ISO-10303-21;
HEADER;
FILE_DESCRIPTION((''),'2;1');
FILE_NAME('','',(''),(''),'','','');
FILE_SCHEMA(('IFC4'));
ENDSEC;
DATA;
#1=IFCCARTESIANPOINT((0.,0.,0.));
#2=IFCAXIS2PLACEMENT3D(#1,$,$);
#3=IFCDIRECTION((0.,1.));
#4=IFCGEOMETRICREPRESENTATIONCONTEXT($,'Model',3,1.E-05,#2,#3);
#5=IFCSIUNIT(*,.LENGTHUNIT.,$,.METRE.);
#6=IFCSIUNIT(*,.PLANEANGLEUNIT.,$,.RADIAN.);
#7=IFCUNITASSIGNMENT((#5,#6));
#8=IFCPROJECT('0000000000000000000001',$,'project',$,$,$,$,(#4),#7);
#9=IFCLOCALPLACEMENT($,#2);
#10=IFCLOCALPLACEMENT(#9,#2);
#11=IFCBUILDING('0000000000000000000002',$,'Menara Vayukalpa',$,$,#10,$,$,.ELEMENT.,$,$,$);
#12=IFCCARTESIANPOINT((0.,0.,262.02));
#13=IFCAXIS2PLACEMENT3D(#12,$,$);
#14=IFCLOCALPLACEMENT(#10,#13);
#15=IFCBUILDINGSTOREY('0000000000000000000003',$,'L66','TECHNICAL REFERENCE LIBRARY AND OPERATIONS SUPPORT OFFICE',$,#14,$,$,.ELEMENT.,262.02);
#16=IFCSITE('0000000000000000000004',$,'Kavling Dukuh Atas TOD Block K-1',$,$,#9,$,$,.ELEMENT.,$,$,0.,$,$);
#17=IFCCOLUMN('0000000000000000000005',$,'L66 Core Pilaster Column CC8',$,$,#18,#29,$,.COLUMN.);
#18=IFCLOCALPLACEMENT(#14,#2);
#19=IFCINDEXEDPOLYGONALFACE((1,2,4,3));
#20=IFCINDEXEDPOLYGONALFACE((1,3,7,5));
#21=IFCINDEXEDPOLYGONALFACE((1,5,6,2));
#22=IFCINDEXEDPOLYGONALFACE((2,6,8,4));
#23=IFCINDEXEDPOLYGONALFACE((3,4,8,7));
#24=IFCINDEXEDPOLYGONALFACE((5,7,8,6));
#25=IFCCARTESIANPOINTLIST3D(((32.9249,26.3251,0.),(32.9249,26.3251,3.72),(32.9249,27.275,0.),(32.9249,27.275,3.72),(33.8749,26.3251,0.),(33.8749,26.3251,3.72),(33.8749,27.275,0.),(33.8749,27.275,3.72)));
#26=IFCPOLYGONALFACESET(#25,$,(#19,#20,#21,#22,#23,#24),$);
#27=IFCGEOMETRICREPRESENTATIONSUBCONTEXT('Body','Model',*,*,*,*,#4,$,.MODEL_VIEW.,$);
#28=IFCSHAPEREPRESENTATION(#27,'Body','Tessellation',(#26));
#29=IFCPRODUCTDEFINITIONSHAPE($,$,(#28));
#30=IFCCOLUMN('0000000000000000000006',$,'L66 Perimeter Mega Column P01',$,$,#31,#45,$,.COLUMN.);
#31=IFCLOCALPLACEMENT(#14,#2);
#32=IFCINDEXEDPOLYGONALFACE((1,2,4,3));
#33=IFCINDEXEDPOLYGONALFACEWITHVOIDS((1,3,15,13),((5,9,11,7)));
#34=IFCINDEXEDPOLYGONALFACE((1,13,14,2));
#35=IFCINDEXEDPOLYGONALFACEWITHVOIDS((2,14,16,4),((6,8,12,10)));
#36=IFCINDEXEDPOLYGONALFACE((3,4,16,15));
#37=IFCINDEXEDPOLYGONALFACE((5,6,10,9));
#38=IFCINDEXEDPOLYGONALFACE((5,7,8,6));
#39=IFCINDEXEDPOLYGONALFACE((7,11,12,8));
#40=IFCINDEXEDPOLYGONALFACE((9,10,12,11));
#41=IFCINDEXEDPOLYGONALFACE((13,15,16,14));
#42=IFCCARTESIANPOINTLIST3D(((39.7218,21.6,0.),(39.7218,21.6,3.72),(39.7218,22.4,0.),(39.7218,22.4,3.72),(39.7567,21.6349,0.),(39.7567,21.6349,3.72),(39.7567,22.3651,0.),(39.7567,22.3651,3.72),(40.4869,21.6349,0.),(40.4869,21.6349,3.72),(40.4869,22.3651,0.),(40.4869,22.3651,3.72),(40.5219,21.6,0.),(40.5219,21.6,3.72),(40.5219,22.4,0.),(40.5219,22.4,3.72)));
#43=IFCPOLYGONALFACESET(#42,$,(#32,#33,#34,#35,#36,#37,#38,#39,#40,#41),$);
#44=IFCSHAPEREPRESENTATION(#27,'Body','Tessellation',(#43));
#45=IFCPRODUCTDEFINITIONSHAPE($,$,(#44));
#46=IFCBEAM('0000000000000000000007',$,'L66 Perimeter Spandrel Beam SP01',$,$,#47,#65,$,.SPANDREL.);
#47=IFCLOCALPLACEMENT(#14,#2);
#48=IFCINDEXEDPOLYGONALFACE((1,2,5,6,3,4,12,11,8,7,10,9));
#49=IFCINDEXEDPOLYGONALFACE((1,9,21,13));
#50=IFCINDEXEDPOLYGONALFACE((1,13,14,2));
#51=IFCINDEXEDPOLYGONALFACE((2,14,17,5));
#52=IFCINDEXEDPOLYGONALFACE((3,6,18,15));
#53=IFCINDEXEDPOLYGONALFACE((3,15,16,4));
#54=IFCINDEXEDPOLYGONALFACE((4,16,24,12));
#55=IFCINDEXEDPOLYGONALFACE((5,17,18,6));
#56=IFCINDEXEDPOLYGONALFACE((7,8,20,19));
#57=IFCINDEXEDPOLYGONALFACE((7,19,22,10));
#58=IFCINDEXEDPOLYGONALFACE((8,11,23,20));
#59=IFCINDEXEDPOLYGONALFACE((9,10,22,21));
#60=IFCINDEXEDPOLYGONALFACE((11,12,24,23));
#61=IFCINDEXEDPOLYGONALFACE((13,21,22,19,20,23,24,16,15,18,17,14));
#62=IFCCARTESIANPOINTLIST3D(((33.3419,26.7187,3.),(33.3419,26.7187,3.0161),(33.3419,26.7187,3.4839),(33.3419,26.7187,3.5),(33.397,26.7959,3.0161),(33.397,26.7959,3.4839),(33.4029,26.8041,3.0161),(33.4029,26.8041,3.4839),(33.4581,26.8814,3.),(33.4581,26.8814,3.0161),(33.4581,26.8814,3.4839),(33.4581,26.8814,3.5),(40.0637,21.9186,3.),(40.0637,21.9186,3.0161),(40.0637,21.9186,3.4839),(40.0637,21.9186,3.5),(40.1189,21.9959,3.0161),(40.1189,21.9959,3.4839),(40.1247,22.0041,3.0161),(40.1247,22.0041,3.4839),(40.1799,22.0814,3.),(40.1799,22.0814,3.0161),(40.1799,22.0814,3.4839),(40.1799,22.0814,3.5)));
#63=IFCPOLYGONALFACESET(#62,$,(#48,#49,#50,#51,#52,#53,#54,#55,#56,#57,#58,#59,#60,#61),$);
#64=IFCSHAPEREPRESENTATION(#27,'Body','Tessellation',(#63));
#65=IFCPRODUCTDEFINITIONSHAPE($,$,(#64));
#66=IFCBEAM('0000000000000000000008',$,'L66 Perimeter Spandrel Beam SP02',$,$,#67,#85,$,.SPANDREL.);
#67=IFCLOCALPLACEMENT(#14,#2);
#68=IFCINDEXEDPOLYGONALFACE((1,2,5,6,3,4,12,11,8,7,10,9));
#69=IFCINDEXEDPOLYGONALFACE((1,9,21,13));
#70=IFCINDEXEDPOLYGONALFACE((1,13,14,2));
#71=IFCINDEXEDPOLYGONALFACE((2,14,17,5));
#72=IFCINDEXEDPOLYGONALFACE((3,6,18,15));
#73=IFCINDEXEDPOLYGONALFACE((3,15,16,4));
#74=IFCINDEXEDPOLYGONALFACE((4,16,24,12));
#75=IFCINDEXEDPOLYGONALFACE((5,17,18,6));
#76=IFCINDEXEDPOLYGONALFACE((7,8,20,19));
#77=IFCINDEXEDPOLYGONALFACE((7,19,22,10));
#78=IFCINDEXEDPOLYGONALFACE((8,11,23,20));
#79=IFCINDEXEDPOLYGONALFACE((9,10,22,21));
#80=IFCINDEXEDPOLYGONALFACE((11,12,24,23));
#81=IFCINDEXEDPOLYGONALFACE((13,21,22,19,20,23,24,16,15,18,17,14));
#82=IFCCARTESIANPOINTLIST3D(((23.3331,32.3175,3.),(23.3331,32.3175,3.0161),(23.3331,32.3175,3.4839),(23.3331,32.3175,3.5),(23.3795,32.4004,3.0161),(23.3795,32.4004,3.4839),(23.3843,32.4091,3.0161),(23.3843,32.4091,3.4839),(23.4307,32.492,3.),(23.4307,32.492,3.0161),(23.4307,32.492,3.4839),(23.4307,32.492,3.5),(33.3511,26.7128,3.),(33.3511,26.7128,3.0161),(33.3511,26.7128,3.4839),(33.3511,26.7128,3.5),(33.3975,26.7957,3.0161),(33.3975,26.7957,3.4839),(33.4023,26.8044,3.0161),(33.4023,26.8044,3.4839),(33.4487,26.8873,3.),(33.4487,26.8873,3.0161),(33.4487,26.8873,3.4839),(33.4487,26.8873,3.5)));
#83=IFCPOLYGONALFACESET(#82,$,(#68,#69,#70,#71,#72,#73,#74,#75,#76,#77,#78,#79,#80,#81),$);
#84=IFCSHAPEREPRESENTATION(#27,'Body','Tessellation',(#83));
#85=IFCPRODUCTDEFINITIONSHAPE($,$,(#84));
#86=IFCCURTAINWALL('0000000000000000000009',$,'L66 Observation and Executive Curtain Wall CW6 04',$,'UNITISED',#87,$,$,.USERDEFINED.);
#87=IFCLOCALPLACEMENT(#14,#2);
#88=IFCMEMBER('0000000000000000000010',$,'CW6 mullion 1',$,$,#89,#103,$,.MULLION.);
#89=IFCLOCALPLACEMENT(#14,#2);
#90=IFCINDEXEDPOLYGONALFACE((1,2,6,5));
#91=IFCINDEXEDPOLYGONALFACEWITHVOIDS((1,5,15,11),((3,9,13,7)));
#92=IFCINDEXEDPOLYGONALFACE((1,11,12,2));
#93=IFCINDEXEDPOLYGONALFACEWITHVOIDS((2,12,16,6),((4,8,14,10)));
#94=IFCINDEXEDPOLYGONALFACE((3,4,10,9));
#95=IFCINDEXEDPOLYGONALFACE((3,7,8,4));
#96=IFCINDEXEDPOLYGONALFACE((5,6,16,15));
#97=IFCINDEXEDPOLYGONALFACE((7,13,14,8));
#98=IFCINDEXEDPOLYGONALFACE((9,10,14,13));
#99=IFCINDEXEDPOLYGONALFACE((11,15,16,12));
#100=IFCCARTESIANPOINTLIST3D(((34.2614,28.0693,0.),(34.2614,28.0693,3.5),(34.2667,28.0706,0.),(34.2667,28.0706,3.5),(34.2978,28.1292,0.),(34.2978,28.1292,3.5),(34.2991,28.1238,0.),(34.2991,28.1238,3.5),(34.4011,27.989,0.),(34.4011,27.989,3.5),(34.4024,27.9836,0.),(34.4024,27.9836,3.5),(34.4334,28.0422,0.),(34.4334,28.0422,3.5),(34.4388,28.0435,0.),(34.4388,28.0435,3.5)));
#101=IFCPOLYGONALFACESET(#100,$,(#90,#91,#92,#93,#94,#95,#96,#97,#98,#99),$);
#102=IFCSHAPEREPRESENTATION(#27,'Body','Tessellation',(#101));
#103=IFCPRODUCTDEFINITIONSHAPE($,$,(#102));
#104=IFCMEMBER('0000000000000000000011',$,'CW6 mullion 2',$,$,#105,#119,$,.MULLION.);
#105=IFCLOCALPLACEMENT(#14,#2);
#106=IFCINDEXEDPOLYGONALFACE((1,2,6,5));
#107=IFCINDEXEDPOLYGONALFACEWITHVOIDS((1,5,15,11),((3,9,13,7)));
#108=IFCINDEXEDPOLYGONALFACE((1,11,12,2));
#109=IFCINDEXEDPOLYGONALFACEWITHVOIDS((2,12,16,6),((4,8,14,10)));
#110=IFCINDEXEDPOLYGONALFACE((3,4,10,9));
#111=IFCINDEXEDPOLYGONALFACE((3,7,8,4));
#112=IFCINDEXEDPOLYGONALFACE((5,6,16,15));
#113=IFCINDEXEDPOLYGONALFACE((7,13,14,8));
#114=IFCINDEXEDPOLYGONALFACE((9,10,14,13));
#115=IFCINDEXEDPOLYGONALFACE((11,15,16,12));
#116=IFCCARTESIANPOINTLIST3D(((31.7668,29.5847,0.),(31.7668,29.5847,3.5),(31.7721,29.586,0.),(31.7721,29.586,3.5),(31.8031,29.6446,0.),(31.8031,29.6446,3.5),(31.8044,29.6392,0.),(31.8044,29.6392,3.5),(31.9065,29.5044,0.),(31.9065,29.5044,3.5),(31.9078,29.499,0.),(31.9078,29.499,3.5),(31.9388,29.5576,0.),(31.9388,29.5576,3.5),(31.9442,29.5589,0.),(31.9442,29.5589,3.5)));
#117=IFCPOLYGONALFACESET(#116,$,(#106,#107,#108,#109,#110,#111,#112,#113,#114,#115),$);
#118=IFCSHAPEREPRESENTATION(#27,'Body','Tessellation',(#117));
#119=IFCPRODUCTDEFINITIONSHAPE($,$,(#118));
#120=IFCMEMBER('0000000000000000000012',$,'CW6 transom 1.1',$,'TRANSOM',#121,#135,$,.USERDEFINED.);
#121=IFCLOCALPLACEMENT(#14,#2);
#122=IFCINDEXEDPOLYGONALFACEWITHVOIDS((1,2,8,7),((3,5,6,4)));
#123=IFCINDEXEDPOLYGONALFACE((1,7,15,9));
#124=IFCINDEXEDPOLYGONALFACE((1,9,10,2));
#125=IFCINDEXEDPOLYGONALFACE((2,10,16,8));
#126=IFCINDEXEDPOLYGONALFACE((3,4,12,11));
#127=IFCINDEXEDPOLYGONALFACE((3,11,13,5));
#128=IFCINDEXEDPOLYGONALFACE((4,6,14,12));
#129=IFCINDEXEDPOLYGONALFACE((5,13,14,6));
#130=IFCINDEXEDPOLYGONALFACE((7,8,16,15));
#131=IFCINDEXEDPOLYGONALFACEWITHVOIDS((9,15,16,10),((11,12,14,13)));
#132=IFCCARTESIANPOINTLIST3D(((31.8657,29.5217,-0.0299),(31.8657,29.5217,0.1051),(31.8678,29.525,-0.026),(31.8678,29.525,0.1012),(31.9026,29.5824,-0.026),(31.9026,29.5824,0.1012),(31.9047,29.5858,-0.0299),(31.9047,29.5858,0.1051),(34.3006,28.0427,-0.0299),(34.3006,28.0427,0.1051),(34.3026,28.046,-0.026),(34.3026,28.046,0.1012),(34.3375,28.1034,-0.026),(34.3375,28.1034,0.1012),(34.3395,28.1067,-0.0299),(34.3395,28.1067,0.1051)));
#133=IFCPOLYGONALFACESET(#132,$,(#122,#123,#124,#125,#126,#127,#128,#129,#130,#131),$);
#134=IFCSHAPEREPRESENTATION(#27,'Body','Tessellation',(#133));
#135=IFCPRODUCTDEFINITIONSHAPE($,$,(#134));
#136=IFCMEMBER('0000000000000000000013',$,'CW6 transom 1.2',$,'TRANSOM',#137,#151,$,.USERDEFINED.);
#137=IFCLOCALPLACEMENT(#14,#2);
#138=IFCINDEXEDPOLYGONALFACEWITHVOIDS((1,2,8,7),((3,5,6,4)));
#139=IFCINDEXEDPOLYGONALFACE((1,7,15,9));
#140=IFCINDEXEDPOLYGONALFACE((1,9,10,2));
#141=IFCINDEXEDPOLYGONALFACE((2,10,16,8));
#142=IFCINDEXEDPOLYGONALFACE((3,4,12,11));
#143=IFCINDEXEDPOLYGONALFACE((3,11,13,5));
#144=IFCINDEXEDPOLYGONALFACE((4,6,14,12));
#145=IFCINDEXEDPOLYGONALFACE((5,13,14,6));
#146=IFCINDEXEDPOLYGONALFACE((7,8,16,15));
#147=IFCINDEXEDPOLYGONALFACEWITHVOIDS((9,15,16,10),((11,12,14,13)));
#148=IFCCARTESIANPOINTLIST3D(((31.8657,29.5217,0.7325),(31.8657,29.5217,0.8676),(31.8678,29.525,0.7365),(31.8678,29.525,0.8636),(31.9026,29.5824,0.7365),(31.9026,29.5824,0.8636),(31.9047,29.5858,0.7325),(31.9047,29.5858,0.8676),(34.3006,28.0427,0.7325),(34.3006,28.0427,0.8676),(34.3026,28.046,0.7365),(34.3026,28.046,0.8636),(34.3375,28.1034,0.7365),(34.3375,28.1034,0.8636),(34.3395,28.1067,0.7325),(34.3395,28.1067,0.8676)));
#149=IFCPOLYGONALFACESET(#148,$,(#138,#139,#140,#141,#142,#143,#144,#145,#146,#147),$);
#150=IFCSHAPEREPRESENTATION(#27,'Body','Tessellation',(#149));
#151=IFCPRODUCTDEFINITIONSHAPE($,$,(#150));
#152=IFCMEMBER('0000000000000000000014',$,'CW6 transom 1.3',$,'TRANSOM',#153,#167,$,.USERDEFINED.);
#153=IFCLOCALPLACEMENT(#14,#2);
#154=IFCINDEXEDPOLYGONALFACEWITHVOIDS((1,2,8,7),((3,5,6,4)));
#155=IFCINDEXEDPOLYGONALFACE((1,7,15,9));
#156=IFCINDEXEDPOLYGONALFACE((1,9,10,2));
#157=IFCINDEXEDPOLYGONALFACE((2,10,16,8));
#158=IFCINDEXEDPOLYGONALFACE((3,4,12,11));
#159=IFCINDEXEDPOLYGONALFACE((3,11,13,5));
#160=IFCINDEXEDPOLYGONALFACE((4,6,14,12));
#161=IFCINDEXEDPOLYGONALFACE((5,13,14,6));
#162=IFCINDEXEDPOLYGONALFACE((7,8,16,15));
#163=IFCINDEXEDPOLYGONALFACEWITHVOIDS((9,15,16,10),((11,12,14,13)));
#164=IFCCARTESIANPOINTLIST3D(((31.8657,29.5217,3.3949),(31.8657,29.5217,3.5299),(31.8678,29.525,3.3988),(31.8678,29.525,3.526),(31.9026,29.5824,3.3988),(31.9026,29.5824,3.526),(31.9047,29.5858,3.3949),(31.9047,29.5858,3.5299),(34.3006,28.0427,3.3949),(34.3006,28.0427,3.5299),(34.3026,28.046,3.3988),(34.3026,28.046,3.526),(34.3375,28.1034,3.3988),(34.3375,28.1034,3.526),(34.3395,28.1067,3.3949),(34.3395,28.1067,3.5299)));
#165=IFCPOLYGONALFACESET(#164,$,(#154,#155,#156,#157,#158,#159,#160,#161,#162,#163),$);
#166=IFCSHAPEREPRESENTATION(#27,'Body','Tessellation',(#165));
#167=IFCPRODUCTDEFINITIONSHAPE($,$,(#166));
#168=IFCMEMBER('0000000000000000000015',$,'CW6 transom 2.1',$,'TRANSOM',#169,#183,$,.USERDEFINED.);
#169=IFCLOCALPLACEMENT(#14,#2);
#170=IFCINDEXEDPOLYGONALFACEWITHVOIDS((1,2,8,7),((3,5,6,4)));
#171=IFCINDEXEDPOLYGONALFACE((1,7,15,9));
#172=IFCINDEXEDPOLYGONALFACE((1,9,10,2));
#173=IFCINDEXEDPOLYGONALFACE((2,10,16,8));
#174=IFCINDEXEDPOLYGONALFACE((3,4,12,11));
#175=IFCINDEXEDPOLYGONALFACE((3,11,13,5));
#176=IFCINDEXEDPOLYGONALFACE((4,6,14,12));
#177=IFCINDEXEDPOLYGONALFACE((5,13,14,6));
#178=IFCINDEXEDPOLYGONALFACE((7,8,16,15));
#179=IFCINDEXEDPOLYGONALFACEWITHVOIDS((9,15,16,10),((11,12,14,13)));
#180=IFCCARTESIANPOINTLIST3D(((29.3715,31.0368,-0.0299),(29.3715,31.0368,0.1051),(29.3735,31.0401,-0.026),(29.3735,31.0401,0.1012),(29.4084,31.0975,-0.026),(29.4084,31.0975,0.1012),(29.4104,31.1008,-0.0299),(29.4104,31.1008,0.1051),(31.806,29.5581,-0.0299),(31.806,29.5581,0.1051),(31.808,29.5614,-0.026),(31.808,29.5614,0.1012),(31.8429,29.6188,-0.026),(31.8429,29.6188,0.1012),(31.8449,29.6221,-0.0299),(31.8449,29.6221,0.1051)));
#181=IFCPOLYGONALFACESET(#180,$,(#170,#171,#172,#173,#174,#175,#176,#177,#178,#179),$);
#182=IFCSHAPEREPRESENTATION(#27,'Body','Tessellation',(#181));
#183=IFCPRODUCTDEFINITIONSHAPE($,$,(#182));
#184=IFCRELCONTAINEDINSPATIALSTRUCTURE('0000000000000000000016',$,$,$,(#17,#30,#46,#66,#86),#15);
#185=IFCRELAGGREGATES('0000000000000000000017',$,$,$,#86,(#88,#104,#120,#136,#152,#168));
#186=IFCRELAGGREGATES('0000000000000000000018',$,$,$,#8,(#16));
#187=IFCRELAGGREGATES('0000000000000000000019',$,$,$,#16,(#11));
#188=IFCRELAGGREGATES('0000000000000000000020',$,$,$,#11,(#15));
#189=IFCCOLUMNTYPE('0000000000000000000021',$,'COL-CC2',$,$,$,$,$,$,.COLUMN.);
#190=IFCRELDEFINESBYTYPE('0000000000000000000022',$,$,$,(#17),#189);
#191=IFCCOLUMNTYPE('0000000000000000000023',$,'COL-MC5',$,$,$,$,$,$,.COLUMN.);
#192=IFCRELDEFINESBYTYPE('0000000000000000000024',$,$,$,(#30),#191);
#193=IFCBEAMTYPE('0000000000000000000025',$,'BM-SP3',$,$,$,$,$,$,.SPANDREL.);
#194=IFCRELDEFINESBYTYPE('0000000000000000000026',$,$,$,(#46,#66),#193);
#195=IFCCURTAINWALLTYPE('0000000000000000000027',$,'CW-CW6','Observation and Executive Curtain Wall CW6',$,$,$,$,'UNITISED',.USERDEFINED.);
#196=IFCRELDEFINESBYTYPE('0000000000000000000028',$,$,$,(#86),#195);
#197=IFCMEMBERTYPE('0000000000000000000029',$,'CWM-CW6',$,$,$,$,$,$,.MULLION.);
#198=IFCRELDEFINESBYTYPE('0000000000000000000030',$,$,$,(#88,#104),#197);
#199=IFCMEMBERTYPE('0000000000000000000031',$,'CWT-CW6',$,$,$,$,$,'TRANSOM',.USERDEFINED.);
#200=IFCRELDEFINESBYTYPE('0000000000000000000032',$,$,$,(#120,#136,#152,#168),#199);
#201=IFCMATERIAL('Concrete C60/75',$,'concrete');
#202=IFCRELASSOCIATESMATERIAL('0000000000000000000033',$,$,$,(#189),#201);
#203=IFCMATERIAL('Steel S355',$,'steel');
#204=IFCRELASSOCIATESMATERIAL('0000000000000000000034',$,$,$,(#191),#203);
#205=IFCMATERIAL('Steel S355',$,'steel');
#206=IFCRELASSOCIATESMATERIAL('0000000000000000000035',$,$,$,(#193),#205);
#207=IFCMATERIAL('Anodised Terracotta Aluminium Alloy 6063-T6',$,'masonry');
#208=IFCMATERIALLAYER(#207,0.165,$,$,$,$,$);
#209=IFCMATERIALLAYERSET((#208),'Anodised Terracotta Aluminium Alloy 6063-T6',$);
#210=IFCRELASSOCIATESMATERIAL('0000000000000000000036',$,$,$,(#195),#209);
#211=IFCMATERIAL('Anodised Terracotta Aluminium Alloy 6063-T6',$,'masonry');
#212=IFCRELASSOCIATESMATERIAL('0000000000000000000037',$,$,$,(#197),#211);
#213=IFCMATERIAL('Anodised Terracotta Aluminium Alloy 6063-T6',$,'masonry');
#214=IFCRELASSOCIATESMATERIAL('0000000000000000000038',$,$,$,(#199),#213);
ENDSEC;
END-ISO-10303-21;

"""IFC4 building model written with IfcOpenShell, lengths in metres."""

from ifc_helpers import new_model, si_unit, direction, frame, origin, origin_2d, place, context, subcontext, project, spatial, rectangle, hollow_rectangle, i_section, extrude, material, layer, layer_set, material_profile, profile_set, type_object, element, aggregate, save


model = new_model("IFC4")

# Units and contexts
model_context = context("Model", 3, precision=1e-05, world=origin(), true_north=direction((0.0, 1.0)))
body_context = subcontext(model_context, "Body", "Model", "MODEL_VIEW")
ifc_project = project(units=[si_unit("LENGTHUNIT", "METRE"), si_unit("PLANEANGLEUNIT", "RADIAN")], contexts=[model_context])

# Site, building, storey
site_placement = place(None, origin())
site = spatial("IfcSite", under=ifc_project, at=site_placement, Name="Kavling Dukuh Atas TOD Block K-1", CompositionType="ELEMENT", RefElevation=0.0)
building_placement = place(site_placement, origin())
building = spatial("IfcBuilding", under=site, at=building_placement, Name="Menara Vayukalpa", CompositionType="ELEMENT")
storey_placement = place(building_placement, frame((0.0, 0.0, 262.02)))
storey = spatial("IfcBuildingStorey", under=building, at=storey_placement, Name="L66", Description="TECHNICAL REFERENCE LIBRARY AND OPERATIONS SUPPORT OFFICE", CompositionType="ELEMENT", Elevation=262.02)

# Columns
ifc_material_1 = material(Name="Concrete C60/75", Category="concrete")
ifc_material_profile_1 = material_profile(ifc_material_1, rectangle(XDim=0.95, YDim=0.95, at=origin_2d()), Name="RC 950x950")
ifc_profile_set_1 = profile_set([ifc_material_profile_1], Name="Concrete C60/75")
column_type_1 = type_object("IfcColumnType", Name="COL-CC2", PredefinedType="COLUMN", material=ifc_profile_set_1)
column_1_placement = place(storey_placement, frame((33.3999, 26.8, 0.0), z_axis=(0.0, 0.0, 1.0), x_axis=(1.0, 0.0, 0.0)))
element("IfcColumn", 1, at=column_1_placement, inside=storey, type_object=column_type_1, Name="L66 Core Pilaster Column CC8", PredefinedType="COLUMN", context=body_context, shape_type="SweptSolid", body=[
    extrude(rectangle(XDim=0.95, YDim=0.95, at=origin_2d()), origin(), (0.0, 0.0, 1.0), 3.72),
])
ifc_material_2 = material(Name="Steel S355", Category="steel")
ifc_material_profile_2 = material_profile(ifc_material_2, hollow_rectangle(XDim=0.8, YDim=0.8, WallThickness=0.0349, at=origin_2d()), Name="BOX 800x800x35")
ifc_profile_set_2 = profile_set([ifc_material_profile_2], Name="Steel S355")
column_type_2 = type_object("IfcColumnType", Name="COL-MC5", PredefinedType="COLUMN", material=ifc_profile_set_2)
column_2_placement = place(storey_placement, frame((40.1218, 22.0, 0.0), z_axis=(0.0, 0.0, 1.0), x_axis=(1.0, 0.0, 0.0)))
element("IfcColumn", 2, at=column_2_placement, inside=storey, type_object=column_type_2, Name="L66 Perimeter Mega Column P01", PredefinedType="COLUMN", context=body_context, shape_type="SweptSolid", body=[
    extrude(hollow_rectangle(XDim=0.8, YDim=0.8, WallThickness=0.0349, at=origin_2d()), origin(), (0.0, 0.0, 1.0), 3.72),
])

# Beams
ifc_material_3 = material(Name="Steel S355", Category="steel")
ifc_material_profile_3 = material_profile(ifc_material_3, i_section(OverallWidth=0.2, OverallDepth=0.5, WebThickness=0.01, FlangeThickness=0.0161, at=origin_2d()), Name="WF 500x200x10x16")
ifc_profile_set_3 = profile_set([ifc_material_profile_3], Name="Steel S355")
beam_type = type_object("IfcBeamType", Name="BM-SP3", PredefinedType="SPANDREL", material=ifc_profile_set_3)
beam_1_placement = place(storey_placement, frame((40.1218, 22.0, 3.25), z_axis=(-0.813809, 0.581132, 0.0), x_axis=(-0.581132, -0.813809, 0.0)))
element("IfcBeam", 3, at=beam_1_placement, inside=storey, type_object=beam_type, Name="L66 Perimeter Spandrel Beam SP01", PredefinedType="SPANDREL", context=body_context, shape_type="SweptSolid", body=[
    extrude(i_section(OverallWidth=0.2, OverallDepth=0.5, WebThickness=0.01, FlangeThickness=0.0161, at=origin_2d()), origin(), (0.0, 0.0, 1.0), 8.2598),
])
beam_2_placement = place(storey_placement, frame((33.3999, 26.8, 3.25), z_axis=(-0.872706, 0.488246, 0.0), x_axis=(-0.488246, -0.872706, 0.0)))
element("IfcBeam", 4, at=beam_2_placement, inside=storey, type_object=beam_type, Name="L66 Perimeter Spandrel Beam SP02", PredefinedType="SPANDREL", context=body_context, shape_type="SweptSolid", body=[
    extrude(i_section(OverallWidth=0.2, OverallDepth=0.5, WebThickness=0.01, FlangeThickness=0.0161, at=origin_2d()), origin(), (0.0, 0.0, 1.0), 11.4792),
])

# Curtain wall, members
ifc_material_4 = material(Name="Anodised Terracotta Aluminium Alloy 6063-T6", Category="masonry")
ifc_layer_1 = layer(ifc_material_4, 0.165)
ifc_layer_set_1 = layer_set([ifc_layer_1], Name="Anodised Terracotta Aluminium Alloy 6063-T6")
curtain_wall_type = type_object("IfcCurtainWallType", Name="CW-CW6", Description="Observation and Executive Curtain Wall CW6", ElementType="UNITISED", PredefinedType="USERDEFINED", material=ifc_layer_set_1)
curtain_wall_placement = place(storey_placement, origin())
curtain_wall = element("IfcCurtainWall", 5, at=curtain_wall_placement, inside=storey, type_object=curtain_wall_type, Name="L66 Observation and Executive Curtain Wall CW6 04", ObjectType="UNITISED", PredefinedType="USERDEFINED")
ifc_material_5 = material(Name="Anodised Terracotta Aluminium Alloy 6063-T6", Category="masonry")
ifc_material_profile_4 = material_profile(ifc_material_5, hollow_rectangle(XDim=0.0701, YDim=0.165, WallThickness=0.0039, at=origin_2d()), Name="ALU 70x165x4")
ifc_profile_set_4 = profile_set([ifc_material_profile_4], Name="Anodised Terracotta Aluminium Alloy 6063-T6")
member_type_1 = type_object("IfcMemberType", Name="CWM-CW6", PredefinedType="MULLION", material=ifc_profile_set_4)
member_1_placement = place(storey_placement, frame((34.3501, 28.0564, 0.0), z_axis=(0.0, 0.0, 1.0), x_axis=(-0.519176, -0.854668, 0.0)))
member_1 = element("IfcMember", 6, at=member_1_placement, type_object=member_type_1, Name="CW6 mullion 1", PredefinedType="MULLION", context=body_context, shape_type="SweptSolid", body=[
    extrude(hollow_rectangle(XDim=0.0701, YDim=0.165, WallThickness=0.0039, at=origin_2d()), origin(), (0.0, 0.0, 1.0), 3.5),
])
member_2_placement = place(storey_placement, frame((31.8555, 29.5718, 0.0), z_axis=(0.0, 0.0, 1.0), x_axis=(-0.519176, -0.854668, 0.0)))
member_2 = element("IfcMember", 7, at=member_2_placement, type_object=member_type_1, Name="CW6 mullion 2", PredefinedType="MULLION", context=body_context, shape_type="SweptSolid", body=[
    extrude(hollow_rectangle(XDim=0.0701, YDim=0.165, WallThickness=0.0039, at=origin_2d()), origin(), (0.0, 0.0, 1.0), 3.5),
])
ifc_material_6 = material(Name="Anodised Terracotta Aluminium Alloy 6063-T6", Category="masonry")
ifc_material_profile_5 = material_profile(ifc_material_6, hollow_rectangle(XDim=0.075, YDim=0.135, WallThickness=0.0039, at=origin_2d()), Name="ALU 75x135x4")
ifc_profile_set_5 = profile_set([ifc_material_profile_5], Name="Anodised Terracotta Aluminium Alloy 6063-T6")
member_type_2 = type_object("IfcMemberType", Name="CWT-CW6", ElementType="TRANSOM", PredefinedType="USERDEFINED", material=ifc_profile_set_5)
member_3_placement = place(storey_placement, frame((34.3201, 28.0747, 0.0376), z_axis=(-0.854675, 0.519164, 0.0), x_axis=(-0.519164, -0.854675, 0.0)))
member_3 = element("IfcMember", 8, at=member_3_placement, type_object=member_type_2, Name="CW6 transom 1.1", ObjectType="TRANSOM", PredefinedType="USERDEFINED", context=body_context, shape_type="SweptSolid", body=[
    extrude(hollow_rectangle(XDim=0.075, YDim=0.135, WallThickness=0.0039, at=origin_2d()), origin(), (0.0, 0.0, 1.0), 2.8489),
])
member_4_placement = place(storey_placement, frame((34.3201, 28.0747, 0.8), z_axis=(-0.854675, 0.519164, 0.0), x_axis=(-0.519164, -0.854675, 0.0)))
member_4 = element("IfcMember", 9, at=member_4_placement, type_object=member_type_2, Name="CW6 transom 1.2", ObjectType="TRANSOM", PredefinedType="USERDEFINED", context=body_context, shape_type="SweptSolid", body=[
    extrude(hollow_rectangle(XDim=0.075, YDim=0.135, WallThickness=0.0039, at=origin_2d()), origin(), (0.0, 0.0, 1.0), 2.8489),
])
member_5_placement = place(storey_placement, frame((34.3201, 28.0747, 3.4624), z_axis=(-0.854675, 0.519164, 0.0), x_axis=(-0.519164, -0.854675, 0.0)))
member_5 = element("IfcMember", 10, at=member_5_placement, type_object=member_type_2, Name="CW6 transom 1.3", ObjectType="TRANSOM", PredefinedType="USERDEFINED", context=body_context, shape_type="SweptSolid", body=[
    extrude(hollow_rectangle(XDim=0.075, YDim=0.135, WallThickness=0.0039, at=origin_2d()), origin(), (0.0, 0.0, 1.0), 2.8489),
])
member_6_placement = place(storey_placement, frame((31.8254, 29.5901, 0.0376), z_axis=(-0.85469, 0.519139, 0.0), x_axis=(-0.519139, -0.85469, 0.0)))
member_6 = element("IfcMember", 11, at=member_6_placement, type_object=member_type_2, Name="CW6 transom 2.1", ObjectType="TRANSOM", PredefinedType="USERDEFINED", context=body_context, shape_type="SweptSolid", body=[
    extrude(hollow_rectangle(XDim=0.075, YDim=0.135, WallThickness=0.0039, at=origin_2d()), origin(), (0.0, 0.0, 1.0), 2.8484),
])
aggregate(curtain_wall, [member_1, member_2, member_3, member_4, member_5, member_6])

save(model, "model.ifc")
